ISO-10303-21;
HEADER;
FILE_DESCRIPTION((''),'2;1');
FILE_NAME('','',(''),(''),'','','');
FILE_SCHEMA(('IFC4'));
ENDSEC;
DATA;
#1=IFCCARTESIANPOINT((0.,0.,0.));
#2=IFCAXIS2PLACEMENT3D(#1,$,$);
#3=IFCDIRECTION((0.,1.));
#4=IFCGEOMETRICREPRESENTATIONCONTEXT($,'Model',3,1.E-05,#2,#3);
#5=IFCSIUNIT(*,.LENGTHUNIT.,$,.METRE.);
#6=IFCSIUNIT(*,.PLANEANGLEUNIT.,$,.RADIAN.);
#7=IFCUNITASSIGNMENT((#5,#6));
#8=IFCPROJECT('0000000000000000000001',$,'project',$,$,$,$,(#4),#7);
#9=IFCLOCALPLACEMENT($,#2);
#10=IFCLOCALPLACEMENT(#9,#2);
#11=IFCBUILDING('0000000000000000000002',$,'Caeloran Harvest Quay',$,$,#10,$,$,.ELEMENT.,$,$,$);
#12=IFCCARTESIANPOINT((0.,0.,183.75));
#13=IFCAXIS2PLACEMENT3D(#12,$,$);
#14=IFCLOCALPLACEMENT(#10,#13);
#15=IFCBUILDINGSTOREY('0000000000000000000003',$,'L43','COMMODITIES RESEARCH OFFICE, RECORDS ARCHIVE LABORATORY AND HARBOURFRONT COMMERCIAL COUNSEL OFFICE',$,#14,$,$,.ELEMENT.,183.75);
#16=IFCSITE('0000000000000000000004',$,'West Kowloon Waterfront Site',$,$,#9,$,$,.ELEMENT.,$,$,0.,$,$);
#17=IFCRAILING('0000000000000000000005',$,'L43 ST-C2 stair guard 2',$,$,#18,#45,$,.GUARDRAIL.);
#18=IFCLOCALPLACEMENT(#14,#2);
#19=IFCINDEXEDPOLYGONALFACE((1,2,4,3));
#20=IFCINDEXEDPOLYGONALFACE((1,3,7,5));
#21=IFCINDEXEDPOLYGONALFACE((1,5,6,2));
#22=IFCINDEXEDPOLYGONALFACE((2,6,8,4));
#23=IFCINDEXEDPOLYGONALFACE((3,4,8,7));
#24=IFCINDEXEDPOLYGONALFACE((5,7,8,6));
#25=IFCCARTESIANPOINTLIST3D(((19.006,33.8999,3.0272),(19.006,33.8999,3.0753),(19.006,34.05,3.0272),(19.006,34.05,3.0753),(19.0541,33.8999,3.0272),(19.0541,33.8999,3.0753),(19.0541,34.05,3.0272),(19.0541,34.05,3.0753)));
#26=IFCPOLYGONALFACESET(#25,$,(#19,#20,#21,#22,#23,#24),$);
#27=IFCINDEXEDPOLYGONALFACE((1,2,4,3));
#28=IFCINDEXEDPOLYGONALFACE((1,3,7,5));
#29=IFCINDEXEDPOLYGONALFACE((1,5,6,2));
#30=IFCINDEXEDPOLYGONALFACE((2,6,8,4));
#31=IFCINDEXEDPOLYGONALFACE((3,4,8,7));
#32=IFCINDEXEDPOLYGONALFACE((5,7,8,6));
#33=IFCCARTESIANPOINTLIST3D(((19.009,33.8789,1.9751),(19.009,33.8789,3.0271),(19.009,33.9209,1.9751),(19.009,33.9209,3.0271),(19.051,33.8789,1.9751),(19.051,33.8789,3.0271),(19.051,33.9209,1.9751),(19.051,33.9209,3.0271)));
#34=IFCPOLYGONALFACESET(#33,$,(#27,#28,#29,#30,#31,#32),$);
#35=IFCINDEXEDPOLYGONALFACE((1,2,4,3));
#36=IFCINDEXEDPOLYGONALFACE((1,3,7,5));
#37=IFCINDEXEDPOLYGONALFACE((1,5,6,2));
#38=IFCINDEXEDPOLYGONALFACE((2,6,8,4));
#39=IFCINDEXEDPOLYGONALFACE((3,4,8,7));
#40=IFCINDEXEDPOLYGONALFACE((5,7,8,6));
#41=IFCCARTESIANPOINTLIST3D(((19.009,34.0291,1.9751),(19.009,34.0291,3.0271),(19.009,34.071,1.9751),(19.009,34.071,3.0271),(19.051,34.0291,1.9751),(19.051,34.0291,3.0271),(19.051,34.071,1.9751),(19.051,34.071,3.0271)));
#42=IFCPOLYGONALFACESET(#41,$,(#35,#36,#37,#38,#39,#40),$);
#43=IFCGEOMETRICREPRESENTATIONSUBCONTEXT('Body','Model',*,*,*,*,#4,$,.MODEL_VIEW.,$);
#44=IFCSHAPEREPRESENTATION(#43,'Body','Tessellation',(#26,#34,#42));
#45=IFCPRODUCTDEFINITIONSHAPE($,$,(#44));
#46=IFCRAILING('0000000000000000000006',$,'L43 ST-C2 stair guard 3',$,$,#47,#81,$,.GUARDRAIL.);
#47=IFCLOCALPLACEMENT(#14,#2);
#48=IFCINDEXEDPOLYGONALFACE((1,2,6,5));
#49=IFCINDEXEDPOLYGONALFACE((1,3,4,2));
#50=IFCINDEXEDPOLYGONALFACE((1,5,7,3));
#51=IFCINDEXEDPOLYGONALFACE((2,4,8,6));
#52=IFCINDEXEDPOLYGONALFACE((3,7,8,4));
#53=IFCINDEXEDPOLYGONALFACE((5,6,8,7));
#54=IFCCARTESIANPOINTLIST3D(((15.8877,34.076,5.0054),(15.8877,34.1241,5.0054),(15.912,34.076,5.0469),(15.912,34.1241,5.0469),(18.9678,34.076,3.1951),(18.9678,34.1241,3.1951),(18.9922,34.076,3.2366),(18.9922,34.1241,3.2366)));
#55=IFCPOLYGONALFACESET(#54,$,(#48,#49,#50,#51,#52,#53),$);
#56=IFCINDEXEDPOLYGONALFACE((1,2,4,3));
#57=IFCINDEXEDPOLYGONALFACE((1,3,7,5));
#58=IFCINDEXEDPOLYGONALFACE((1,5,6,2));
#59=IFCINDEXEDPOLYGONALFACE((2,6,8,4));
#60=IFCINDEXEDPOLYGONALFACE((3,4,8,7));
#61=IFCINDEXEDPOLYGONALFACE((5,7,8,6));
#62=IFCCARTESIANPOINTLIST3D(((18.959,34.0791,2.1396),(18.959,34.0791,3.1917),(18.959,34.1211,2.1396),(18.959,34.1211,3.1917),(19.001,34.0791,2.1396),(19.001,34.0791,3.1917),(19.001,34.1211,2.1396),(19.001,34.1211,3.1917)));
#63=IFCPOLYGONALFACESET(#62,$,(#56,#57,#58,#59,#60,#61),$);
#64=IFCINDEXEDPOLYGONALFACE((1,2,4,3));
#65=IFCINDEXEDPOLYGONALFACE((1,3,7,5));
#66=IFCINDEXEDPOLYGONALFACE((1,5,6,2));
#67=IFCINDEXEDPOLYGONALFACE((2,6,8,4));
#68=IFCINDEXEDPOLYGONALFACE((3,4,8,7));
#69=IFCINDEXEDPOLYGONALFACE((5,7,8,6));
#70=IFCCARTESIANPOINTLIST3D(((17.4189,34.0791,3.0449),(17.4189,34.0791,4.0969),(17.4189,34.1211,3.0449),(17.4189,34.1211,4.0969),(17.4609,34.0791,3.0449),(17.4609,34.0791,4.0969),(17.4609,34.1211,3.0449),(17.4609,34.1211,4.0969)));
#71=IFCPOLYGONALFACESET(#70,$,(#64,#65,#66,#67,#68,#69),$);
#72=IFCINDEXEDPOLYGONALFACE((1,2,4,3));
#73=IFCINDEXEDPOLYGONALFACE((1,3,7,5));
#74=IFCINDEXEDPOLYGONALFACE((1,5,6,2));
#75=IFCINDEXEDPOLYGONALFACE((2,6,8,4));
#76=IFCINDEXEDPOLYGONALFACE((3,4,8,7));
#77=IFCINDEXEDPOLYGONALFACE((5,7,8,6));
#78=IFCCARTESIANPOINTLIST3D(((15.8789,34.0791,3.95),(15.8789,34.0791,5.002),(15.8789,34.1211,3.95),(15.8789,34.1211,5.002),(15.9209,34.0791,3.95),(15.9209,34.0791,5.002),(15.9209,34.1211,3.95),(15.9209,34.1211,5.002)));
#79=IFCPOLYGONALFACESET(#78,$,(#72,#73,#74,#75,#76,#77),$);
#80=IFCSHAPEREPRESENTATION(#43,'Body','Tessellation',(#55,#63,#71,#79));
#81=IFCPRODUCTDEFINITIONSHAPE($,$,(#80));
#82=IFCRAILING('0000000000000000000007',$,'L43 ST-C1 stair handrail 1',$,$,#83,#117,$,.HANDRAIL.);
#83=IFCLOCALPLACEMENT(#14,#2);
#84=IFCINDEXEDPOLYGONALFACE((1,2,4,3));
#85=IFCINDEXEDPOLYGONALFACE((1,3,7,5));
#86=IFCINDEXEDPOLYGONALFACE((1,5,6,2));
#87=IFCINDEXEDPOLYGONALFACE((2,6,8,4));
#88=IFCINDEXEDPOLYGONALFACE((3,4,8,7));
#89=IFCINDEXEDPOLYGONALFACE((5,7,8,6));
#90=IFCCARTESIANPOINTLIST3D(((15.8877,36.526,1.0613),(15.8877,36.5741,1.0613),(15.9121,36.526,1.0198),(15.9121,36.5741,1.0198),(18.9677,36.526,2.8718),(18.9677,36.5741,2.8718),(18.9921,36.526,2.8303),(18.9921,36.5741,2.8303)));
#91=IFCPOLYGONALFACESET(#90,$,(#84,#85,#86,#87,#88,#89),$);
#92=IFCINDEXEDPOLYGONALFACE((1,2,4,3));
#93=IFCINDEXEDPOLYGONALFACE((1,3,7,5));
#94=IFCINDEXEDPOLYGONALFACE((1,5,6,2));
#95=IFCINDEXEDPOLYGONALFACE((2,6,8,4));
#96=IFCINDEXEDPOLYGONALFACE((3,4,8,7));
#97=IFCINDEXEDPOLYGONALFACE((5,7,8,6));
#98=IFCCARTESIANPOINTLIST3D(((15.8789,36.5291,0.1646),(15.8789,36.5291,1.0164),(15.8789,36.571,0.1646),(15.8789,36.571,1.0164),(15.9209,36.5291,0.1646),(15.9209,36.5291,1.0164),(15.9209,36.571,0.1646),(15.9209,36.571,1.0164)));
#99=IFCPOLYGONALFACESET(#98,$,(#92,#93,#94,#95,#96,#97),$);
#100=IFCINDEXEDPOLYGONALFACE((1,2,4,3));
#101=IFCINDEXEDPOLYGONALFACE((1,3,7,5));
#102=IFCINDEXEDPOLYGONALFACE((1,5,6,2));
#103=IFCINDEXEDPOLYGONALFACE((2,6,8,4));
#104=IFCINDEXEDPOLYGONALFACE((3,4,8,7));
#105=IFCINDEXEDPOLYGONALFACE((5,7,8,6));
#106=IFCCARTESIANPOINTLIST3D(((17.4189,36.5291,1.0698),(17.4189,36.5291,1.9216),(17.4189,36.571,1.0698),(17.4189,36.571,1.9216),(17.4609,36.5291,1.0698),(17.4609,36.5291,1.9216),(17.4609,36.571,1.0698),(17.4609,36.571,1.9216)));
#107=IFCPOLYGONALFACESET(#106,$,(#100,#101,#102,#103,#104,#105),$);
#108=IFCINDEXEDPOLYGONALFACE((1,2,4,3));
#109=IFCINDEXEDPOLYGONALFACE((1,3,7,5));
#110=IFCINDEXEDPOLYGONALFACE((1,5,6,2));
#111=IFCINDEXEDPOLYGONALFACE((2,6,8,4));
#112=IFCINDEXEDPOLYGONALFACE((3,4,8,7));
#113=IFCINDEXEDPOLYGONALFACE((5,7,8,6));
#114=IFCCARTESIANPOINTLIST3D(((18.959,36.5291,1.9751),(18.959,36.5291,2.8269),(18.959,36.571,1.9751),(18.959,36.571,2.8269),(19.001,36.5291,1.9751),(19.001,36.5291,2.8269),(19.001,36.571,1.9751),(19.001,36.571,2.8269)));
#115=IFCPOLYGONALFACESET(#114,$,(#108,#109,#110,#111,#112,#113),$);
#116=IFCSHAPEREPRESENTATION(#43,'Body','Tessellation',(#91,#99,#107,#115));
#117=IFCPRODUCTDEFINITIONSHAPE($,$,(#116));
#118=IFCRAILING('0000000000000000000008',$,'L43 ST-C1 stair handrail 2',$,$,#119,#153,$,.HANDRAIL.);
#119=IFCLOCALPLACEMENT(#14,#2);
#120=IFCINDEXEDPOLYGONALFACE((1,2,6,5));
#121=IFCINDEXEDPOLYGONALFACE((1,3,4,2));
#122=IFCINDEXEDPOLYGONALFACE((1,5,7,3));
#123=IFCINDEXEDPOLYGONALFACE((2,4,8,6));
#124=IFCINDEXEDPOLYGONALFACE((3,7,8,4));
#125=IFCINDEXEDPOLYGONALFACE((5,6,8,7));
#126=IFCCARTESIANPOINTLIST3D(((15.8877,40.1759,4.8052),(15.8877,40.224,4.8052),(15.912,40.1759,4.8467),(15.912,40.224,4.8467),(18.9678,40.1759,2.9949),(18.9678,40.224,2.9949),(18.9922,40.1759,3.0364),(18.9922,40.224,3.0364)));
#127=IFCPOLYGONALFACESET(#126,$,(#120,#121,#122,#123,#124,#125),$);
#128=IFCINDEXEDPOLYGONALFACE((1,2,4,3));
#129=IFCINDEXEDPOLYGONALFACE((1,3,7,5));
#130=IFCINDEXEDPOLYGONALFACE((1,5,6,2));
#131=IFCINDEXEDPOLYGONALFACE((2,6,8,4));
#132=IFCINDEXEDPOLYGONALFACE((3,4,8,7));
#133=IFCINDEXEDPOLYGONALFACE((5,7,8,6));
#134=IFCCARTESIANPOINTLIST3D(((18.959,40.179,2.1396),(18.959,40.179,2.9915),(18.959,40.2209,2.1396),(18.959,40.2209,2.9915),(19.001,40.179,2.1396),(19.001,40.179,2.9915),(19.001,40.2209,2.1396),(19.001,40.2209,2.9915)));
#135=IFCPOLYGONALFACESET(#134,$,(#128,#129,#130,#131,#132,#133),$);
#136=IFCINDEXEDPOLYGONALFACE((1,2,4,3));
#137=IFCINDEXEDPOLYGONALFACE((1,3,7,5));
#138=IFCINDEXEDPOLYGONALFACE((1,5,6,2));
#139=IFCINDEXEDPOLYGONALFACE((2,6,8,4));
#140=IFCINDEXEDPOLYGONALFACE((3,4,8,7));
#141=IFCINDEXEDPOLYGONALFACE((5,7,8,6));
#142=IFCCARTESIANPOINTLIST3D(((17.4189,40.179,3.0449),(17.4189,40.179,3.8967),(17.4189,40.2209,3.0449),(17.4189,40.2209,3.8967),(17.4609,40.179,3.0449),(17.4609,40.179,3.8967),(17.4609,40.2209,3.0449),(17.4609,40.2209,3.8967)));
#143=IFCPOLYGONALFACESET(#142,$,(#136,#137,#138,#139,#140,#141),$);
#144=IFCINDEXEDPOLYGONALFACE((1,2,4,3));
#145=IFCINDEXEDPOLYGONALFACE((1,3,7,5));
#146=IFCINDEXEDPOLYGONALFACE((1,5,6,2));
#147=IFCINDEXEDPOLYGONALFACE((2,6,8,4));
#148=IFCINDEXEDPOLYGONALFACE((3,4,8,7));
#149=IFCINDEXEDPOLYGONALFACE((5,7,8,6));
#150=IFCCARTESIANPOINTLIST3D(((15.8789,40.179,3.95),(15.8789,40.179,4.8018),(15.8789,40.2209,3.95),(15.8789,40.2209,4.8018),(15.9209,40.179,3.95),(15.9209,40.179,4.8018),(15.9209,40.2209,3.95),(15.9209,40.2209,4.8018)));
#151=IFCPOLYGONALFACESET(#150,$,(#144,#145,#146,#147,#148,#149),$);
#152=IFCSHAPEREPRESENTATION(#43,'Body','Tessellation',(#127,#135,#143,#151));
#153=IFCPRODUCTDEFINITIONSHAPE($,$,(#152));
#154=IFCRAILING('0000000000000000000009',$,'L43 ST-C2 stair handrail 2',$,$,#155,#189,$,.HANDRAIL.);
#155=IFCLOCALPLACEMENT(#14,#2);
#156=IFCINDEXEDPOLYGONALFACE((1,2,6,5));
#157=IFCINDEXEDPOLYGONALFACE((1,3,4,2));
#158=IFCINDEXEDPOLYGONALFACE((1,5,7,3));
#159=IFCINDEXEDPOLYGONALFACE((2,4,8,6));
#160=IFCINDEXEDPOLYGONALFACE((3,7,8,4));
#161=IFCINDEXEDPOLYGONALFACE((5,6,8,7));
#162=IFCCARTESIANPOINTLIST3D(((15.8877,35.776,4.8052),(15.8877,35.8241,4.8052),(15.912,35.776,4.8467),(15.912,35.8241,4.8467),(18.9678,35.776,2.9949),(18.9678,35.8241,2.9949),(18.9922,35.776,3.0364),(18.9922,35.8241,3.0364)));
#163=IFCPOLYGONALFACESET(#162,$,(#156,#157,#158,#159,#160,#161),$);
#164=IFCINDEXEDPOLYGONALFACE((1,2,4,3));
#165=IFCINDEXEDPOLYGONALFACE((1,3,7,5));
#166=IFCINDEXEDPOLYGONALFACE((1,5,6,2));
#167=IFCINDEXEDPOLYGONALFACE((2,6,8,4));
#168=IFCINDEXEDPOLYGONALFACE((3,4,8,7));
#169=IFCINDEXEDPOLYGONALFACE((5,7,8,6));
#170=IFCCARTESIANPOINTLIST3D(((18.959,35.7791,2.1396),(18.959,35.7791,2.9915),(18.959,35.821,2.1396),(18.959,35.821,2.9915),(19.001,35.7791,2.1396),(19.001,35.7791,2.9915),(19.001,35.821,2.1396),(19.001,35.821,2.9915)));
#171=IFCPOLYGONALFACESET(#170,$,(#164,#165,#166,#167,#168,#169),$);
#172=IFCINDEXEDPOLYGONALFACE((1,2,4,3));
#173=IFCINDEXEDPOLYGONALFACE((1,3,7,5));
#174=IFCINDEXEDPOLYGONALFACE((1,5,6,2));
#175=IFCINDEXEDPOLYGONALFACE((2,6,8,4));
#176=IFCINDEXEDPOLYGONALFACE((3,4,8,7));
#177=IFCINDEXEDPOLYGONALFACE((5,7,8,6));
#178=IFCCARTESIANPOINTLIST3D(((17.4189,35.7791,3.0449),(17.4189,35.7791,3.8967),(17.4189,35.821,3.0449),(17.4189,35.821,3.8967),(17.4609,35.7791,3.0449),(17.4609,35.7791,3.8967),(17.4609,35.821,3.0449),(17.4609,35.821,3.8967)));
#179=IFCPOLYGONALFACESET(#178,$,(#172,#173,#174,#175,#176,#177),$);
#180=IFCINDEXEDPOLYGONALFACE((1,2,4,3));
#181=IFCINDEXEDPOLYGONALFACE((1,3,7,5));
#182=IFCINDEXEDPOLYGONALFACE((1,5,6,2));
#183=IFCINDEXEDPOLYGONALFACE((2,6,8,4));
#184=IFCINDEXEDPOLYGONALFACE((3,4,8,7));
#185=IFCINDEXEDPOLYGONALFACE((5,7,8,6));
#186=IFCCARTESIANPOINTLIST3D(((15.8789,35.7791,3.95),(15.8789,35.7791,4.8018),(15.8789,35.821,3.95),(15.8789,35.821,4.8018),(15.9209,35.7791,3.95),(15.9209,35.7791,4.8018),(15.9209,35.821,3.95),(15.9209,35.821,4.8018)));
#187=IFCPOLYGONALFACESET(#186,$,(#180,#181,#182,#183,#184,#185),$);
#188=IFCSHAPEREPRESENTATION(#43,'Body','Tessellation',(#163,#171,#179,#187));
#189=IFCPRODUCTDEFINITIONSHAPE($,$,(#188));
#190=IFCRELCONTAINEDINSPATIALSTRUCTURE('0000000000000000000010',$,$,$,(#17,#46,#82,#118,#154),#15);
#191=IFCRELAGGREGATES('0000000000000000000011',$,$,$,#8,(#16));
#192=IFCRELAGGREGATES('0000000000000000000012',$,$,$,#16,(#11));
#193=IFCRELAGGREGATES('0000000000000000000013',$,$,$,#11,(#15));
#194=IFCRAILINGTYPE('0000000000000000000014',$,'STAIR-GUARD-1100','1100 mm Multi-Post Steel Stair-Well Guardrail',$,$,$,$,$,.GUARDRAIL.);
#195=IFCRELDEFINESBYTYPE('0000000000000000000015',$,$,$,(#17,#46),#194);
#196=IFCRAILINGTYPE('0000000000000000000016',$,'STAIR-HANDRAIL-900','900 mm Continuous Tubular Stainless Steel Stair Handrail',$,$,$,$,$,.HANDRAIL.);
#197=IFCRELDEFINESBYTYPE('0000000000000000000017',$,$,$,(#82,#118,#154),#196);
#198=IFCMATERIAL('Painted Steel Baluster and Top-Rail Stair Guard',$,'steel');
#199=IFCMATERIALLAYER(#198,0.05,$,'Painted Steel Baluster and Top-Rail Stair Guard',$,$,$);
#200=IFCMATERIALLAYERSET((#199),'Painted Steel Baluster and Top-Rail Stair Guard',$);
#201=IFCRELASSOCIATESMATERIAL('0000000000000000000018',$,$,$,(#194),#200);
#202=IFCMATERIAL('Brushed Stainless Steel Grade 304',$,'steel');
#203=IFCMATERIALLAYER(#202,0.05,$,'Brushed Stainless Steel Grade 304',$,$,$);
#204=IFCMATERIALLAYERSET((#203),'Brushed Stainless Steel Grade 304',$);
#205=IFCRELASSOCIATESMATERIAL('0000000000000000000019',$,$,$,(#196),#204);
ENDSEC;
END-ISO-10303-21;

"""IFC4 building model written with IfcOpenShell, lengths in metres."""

from ifc_helpers import new_model, si_unit, direction, frame, origin, origin_2d, place, context, subcontext, project, spatial, rectangle, extrude, material, layer, layer_set, type_object, element, save


model = new_model("IFC4")

# Units and contexts
model_context = context("Model", 3, precision=1e-05, world=origin(), true_north=direction((0.0, 1.0)))
body_context = subcontext(model_context, "Body", "Model", "MODEL_VIEW")
ifc_project = project(units=[si_unit("LENGTHUNIT", "METRE"), si_unit("PLANEANGLEUNIT", "RADIAN")], contexts=[model_context])

# Site, building, storey
site_placement = place(None, origin())
site = spatial("IfcSite", under=ifc_project, at=site_placement, Name="West Kowloon Waterfront Site", CompositionType="ELEMENT", RefElevation=0.0)
building_placement = place(site_placement, origin())
building = spatial("IfcBuilding", under=site, at=building_placement, Name="Caeloran Harvest Quay", CompositionType="ELEMENT")
storey_placement = place(building_placement, frame((0.0, 0.0, 183.75)))
storey = spatial("IfcBuildingStorey", under=building, at=storey_placement, Name="L43", Description="COMMODITIES RESEARCH OFFICE, RECORDS ARCHIVE LABORATORY AND HARBOURFRONT COMMERCIAL COUNSEL OFFICE", CompositionType="ELEMENT", Elevation=183.75)

# Railings
ifc_material_1 = material(Name="Painted Steel Baluster and Top-Rail Stair Guard", Category="steel")
ifc_layer_1 = layer(ifc_material_1, 0.05, Name="Painted Steel Baluster and Top-Rail Stair Guard")
ifc_layer_set_1 = layer_set([ifc_layer_1], Name="Painted Steel Baluster and Top-Rail Stair Guard")
railing_type_1 = type_object("IfcRailingType", Name="STAIR-GUARD-1100", Description="1100 mm Multi-Post Steel Stair-Well Guardrail", PredefinedType="GUARDRAIL", material=ifc_layer_set_1)
railing_1_placement = place(storey_placement, frame((19.03, 33.8999, 1.9751)))
element("IfcRailing", 1, at=railing_1_placement, inside=storey, type_object=railing_type_1, Name="L43 ST-C2 stair guard 2", PredefinedType="GUARDRAIL", context=body_context, shape_type="SweptSolid", body=[
    extrude(rectangle(XDim=0.0481, YDim=0.0481, at=origin_2d()), frame((0.0, 0.0, 1.0762), z_axis=(0.0, 1.0, 0.0), x_axis=(-1.0, 0.0, 0.0)), (0.0, 0.0, 1.0), 0.1501),
    extrude(rectangle(XDim=0.042, YDim=0.042, at=origin_2d()), origin(), (0.0, 0.0, 1.0), 1.052),
    extrude(rectangle(XDim=0.042, YDim=0.042, at=origin_2d()), frame((0.0, 0.1501, 0.0)), (0.0, 0.0, 1.0), 1.052),
])
railing_2_placement = place(storey_placement, frame((18.98, 34.1001, 2.1396)))
element("IfcRailing", 2, at=railing_2_placement, inside=storey, type_object=railing_type_1, Name="L43 ST-C2 stair guard 3", PredefinedType="GUARDRAIL", context=body_context, shape_type="SweptSolid", body=[
    extrude(rectangle(XDim=0.0481, YDim=0.0481, at=origin_2d()), frame((0.0, 0.0, 1.0762), z_axis=(-0.862119, 0.0, 0.506707), x_axis=(0.0, -1.0, 0.0)), (0.0, 0.0, 1.0), 3.5728),
    extrude(rectangle(XDim=0.042, YDim=0.042, at=origin_2d()), origin(), (0.0, 0.0, 1.0), 1.052),
    extrude(rectangle(XDim=0.042, YDim=0.042, at=origin_2d()), frame((-1.54, 0.0, 0.9053)), (0.0, 0.0, 1.0), 1.052),
    extrude(rectangle(XDim=0.042, YDim=0.042, at=origin_2d()), frame((-3.0801, 0.0, 1.8103)), (0.0, 0.0, 1.0), 1.052),
])
ifc_material_2 = material(Name="Brushed Stainless Steel Grade 304", Category="steel")
ifc_layer_2 = layer(ifc_material_2, 0.05, Name="Brushed Stainless Steel Grade 304")
ifc_layer_set_2 = layer_set([ifc_layer_2], Name="Brushed Stainless Steel Grade 304")
railing_type_2 = type_object("IfcRailingType", Name="STAIR-HANDRAIL-900", Description="900 mm Continuous Tubular Stainless Steel Stair Handrail", PredefinedType="HANDRAIL", material=ifc_layer_set_2)
railing_3_placement = place(storey_placement, frame((15.8999, 36.55, 0.1646)))
element("IfcRailing", 3, at=railing_3_placement, inside=storey, type_object=railing_type_2, Name="L43 ST-C1 stair handrail 1", PredefinedType="HANDRAIL", context=body_context, shape_type="SweptSolid", body=[
    extrude(rectangle(XDim=0.0481, YDim=0.0481, at=origin_2d()), frame((0.0, 0.0, 0.876), z_axis=(0.862089, 0.0, 0.506757), x_axis=(0.0, 1.0, 0.0)), (0.0, 0.0, 1.0), 3.5728),
    extrude(rectangle(XDim=0.042, YDim=0.042, at=origin_2d()), origin(), (0.0, 0.0, 1.0), 0.8518),
    extrude(rectangle(XDim=0.042, YDim=0.042, at=origin_2d()), frame((1.54, 0.0, 0.9053)), (0.0, 0.0, 1.0), 0.8518),
    extrude(rectangle(XDim=0.042, YDim=0.042, at=origin_2d()), frame((3.0801, 0.0, 1.8105)), (0.0, 0.0, 1.0), 0.8518),
])
for number, where, name in (
    (4, (18.98, 40.2, 2.1396), "L43 ST-C1 stair handrail 2"),
    (5, (18.98, 35.8, 2.1396), "L43 ST-C2 stair handrail 2"),
):
    element("IfcRailing", number, at=place(storey_placement, frame(where)), inside=storey, type_object=railing_type_2, Name=name, PredefinedType="HANDRAIL", context=body_context, shape_type="SweptSolid", body=[
        extrude(rectangle(XDim=0.0481, YDim=0.0481, at=origin_2d()), frame((0.0, 0.0, 0.876), z_axis=(-0.862119, 0.0, 0.506707), x_axis=(0.0, -1.0, 0.0)), (0.0, 0.0, 1.0), 3.5728),
        extrude(rectangle(XDim=0.042, YDim=0.042, at=origin_2d()), origin(), (0.0, 0.0, 1.0), 0.8518),
        extrude(rectangle(XDim=0.042, YDim=0.042, at=origin_2d()), frame((-1.54, 0.0, 0.9053)), (0.0, 0.0, 1.0), 0.8518),
        extrude(rectangle(XDim=0.042, YDim=0.042, at=origin_2d()), frame((-3.0801, 0.0, 1.8103)), (0.0, 0.0, 1.0), 0.8518),
    ])

save(model, "model.ifc")
